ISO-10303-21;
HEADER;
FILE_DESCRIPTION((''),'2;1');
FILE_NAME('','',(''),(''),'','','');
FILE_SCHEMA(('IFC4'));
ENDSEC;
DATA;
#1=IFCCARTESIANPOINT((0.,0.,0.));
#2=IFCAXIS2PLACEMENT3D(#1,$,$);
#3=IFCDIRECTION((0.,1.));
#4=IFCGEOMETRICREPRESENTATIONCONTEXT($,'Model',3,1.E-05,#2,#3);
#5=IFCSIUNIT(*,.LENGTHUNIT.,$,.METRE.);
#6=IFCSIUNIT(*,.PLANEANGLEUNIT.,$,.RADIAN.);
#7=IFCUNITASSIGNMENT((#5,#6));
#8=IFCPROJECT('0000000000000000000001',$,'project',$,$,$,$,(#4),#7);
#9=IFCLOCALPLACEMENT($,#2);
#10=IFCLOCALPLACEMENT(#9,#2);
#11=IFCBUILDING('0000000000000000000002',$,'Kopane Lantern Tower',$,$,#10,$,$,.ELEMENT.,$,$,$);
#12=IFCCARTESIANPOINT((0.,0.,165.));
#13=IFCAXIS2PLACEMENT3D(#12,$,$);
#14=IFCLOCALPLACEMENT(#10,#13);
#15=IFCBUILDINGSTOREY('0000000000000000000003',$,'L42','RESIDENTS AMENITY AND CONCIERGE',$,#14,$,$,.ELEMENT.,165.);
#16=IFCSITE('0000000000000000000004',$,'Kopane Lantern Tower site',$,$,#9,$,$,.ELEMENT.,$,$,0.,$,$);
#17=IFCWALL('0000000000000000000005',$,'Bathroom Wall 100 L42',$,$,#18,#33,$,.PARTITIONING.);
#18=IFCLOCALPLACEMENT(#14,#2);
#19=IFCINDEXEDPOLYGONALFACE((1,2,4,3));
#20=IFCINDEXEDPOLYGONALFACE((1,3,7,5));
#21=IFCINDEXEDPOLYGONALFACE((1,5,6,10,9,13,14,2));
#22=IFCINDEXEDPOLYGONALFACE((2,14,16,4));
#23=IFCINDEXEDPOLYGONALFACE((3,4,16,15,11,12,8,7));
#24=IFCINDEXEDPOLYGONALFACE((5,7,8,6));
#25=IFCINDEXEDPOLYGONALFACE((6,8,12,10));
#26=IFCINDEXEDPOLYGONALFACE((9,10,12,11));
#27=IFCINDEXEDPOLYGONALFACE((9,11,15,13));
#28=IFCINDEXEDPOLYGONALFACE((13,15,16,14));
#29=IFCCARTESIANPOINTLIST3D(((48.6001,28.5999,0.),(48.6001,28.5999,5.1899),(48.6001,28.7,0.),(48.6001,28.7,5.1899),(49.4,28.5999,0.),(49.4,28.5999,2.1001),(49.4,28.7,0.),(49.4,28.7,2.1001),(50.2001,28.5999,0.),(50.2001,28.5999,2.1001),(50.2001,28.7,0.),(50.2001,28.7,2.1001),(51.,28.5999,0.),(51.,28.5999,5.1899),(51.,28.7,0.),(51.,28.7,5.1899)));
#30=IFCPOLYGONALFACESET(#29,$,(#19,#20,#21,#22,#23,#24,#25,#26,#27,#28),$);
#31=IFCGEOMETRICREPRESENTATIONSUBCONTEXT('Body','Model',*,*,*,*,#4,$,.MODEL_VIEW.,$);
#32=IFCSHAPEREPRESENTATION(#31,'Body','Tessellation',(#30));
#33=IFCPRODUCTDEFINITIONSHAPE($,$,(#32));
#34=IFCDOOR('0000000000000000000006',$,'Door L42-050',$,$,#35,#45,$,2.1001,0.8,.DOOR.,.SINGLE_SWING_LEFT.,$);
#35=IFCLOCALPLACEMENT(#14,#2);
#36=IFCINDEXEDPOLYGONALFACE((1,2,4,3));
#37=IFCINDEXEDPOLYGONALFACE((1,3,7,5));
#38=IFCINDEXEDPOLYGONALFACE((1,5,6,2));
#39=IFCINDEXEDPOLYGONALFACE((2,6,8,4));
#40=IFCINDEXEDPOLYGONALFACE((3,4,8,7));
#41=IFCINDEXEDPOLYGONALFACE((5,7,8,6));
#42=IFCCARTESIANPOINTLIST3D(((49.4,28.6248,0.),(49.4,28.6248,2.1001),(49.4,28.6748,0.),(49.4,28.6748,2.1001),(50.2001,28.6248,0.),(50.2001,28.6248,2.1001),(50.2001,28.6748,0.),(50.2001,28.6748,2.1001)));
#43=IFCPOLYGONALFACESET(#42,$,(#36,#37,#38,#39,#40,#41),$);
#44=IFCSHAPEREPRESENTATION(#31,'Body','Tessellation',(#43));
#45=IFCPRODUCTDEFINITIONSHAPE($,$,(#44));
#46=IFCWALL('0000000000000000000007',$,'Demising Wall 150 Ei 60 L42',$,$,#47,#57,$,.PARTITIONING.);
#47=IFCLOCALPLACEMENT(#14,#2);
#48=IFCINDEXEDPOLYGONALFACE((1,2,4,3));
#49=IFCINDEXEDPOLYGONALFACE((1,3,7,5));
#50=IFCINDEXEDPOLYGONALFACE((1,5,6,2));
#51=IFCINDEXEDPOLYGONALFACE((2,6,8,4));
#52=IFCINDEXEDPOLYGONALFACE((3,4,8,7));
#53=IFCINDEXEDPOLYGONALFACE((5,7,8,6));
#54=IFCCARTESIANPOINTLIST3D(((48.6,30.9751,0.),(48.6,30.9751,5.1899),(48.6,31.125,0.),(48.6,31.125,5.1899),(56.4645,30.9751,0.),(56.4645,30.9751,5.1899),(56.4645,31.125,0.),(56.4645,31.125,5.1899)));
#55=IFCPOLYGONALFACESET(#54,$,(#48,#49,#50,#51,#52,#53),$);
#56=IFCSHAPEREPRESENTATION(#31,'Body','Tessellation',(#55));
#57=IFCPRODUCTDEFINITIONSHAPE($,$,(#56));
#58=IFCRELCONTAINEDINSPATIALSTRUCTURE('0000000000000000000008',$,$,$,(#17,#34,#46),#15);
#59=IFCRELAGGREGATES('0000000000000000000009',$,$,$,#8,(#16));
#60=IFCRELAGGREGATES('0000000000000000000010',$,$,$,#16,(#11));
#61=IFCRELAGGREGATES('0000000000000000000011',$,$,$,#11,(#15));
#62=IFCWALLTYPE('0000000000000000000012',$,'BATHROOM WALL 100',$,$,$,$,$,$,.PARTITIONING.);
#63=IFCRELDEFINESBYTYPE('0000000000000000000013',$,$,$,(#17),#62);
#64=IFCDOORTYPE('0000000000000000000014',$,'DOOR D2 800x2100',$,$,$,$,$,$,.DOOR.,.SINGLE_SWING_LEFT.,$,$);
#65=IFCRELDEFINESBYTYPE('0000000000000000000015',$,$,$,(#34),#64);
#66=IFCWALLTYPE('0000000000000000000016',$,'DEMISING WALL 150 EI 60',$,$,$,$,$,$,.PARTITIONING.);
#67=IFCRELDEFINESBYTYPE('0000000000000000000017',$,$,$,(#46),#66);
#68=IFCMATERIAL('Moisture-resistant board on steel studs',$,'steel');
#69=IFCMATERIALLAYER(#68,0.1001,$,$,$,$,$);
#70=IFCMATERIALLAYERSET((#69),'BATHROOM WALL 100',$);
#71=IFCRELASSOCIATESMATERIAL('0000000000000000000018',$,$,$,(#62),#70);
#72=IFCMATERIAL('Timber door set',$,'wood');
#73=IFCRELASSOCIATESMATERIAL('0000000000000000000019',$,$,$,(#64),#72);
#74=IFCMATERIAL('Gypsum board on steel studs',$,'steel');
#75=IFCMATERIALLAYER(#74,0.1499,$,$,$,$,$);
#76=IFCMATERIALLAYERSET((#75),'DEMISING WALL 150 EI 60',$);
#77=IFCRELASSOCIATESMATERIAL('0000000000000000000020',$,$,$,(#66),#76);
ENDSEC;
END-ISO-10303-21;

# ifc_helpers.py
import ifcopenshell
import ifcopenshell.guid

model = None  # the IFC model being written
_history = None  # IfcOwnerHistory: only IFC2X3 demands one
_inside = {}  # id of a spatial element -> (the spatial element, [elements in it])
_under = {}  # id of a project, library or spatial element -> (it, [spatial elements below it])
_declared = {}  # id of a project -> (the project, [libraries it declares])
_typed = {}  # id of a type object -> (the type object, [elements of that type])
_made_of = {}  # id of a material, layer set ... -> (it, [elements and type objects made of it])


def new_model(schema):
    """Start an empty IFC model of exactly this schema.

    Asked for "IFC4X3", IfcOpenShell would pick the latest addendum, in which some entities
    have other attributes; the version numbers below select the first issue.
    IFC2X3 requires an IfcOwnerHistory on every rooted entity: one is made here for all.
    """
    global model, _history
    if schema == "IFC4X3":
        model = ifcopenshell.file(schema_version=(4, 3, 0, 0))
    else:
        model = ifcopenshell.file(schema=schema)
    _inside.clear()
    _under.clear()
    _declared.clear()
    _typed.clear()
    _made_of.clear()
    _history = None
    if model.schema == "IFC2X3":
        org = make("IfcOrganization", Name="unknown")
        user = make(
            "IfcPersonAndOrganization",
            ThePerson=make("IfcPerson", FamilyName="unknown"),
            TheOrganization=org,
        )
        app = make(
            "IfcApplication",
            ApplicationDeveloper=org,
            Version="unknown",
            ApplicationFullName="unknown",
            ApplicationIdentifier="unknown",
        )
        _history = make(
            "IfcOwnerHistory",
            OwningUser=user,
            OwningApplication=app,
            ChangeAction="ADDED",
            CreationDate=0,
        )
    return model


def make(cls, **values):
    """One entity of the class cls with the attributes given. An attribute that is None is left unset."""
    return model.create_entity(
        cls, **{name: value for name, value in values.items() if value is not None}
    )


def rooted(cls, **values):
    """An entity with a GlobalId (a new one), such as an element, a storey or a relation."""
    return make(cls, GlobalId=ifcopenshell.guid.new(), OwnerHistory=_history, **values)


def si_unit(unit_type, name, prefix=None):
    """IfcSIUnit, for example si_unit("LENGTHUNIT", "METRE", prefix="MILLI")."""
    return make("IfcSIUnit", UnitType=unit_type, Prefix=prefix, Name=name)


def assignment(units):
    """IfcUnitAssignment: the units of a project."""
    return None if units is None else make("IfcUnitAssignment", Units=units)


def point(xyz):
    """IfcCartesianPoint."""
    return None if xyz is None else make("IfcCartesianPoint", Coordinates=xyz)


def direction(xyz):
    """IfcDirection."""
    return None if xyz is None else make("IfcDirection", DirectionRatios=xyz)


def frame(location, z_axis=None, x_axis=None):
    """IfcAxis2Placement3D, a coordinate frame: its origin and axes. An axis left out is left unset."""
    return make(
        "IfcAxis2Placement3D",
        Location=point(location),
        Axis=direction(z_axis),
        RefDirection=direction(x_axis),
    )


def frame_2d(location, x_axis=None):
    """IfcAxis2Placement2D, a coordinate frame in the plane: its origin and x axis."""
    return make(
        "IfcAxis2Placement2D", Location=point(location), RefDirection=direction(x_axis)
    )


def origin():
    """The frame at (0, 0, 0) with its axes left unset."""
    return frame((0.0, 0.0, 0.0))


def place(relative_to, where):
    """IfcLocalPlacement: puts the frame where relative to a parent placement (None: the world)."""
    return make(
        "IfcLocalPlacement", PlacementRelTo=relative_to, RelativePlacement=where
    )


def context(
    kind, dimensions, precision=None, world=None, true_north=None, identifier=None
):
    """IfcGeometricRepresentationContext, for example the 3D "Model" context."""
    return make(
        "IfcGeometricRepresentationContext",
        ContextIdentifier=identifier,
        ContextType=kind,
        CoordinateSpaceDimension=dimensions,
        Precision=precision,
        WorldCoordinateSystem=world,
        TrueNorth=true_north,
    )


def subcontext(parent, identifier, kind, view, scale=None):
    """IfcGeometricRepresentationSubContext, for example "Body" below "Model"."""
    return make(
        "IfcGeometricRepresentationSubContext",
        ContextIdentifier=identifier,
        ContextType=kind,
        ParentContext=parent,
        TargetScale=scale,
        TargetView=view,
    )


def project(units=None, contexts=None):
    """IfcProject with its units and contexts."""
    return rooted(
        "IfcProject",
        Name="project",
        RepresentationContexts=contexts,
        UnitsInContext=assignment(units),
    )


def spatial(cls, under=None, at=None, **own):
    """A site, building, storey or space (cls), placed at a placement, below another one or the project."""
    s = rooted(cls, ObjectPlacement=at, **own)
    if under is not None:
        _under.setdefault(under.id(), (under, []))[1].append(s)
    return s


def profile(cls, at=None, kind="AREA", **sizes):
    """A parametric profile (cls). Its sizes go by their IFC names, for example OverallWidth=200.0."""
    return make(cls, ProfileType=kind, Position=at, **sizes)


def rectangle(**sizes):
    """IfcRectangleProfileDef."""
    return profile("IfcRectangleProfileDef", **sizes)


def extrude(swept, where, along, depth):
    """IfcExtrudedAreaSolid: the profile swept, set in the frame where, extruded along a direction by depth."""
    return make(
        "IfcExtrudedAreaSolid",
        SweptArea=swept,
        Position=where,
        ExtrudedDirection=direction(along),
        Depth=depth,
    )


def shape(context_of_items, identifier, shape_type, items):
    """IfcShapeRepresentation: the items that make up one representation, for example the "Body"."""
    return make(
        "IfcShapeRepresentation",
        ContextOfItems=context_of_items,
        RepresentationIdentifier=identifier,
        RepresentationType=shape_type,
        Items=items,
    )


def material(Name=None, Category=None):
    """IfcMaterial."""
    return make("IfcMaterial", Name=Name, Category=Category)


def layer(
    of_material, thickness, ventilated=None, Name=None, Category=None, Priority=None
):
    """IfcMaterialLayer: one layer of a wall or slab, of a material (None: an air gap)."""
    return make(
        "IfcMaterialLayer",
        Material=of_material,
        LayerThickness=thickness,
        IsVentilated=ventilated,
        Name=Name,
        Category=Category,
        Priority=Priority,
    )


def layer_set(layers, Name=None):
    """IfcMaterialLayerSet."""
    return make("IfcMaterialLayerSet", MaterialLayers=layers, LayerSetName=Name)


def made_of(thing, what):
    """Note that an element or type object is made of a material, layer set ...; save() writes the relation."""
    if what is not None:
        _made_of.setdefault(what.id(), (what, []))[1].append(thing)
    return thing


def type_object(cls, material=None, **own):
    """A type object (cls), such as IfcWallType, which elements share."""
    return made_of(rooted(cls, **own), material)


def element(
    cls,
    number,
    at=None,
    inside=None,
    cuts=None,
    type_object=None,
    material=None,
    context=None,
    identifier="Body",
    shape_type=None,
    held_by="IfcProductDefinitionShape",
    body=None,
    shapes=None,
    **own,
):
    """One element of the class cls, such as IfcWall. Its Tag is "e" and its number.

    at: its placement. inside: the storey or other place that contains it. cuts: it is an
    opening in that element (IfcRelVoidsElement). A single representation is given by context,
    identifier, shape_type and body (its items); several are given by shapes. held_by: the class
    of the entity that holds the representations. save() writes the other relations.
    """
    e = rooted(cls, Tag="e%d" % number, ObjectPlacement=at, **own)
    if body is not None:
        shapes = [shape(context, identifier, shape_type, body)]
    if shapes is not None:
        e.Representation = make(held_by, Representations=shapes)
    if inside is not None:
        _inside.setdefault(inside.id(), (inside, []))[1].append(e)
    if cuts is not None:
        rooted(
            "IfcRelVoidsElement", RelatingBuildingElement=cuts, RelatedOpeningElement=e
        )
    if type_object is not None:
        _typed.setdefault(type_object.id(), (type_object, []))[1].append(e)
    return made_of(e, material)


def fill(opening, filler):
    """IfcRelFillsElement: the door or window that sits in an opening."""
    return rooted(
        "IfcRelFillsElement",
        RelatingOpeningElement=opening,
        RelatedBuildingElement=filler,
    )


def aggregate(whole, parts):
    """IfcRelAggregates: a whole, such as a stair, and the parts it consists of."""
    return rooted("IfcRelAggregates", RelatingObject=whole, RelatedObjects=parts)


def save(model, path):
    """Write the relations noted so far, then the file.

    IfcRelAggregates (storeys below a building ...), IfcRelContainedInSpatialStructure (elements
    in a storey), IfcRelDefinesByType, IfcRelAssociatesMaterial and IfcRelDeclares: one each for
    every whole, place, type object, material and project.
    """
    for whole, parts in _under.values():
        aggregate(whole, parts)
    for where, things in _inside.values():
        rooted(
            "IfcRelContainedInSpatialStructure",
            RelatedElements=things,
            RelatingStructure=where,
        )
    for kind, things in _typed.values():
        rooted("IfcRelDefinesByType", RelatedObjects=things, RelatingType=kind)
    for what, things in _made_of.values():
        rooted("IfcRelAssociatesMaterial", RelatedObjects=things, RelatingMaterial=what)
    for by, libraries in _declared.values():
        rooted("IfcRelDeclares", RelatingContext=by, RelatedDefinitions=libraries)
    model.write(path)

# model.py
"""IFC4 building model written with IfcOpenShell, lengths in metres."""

from ifc_helpers import new_model, si_unit, direction, frame, frame_2d, origin, place, context, subcontext, project, spatial, rectangle, extrude, material, layer, layer_set, type_object, element, fill, save


model = new_model("IFC4")

# Units and contexts
model_context = context("Model", 3, precision=1e-05, world=origin(), true_north=direction((0.0, 1.0)))
body_context = subcontext(model_context, "Body", "Model", "MODEL_VIEW")
ifc_project = project(units=[si_unit("LENGTHUNIT", "METRE"), si_unit("PLANEANGLEUNIT", "RADIAN")], contexts=[model_context])

# Site, building, storey
site_placement = place(None, origin())
site = spatial("IfcSite", under=ifc_project, at=site_placement, Name="Kopane Lantern Tower site", CompositionType="ELEMENT", RefElevation=0.0)
building_placement = place(site_placement, origin())
building = spatial("IfcBuilding", under=site, at=building_placement, Name="Kopane Lantern Tower", CompositionType="ELEMENT")
storey_placement = place(building_placement, frame((0.0, 0.0, 165.0)))
storey = spatial("IfcBuildingStorey", under=building, at=storey_placement, Name="L42", Description="RESIDENTS AMENITY AND CONCIERGE", CompositionType="ELEMENT", Elevation=165.0)

# Wall, opening, door
ifc_material_1 = material(Name="Moisture-resistant board on steel studs", Category="steel")
ifc_layer_1 = layer(ifc_material_1, 0.1001)
ifc_layer_set_1 = layer_set([ifc_layer_1], Name="BATHROOM WALL 100")
wall_type_1 = type_object("IfcWallType", Name="BATHROOM WALL 100", PredefinedType="PARTITIONING", material=ifc_layer_set_1)
wall_1_placement = place(storey_placement, frame((48.6001, 28.6499, 0.0), z_axis=(0.0, 0.0, 1.0), x_axis=(1.0, 0.0, 0.0)))
wall_1 = element("IfcWall", 1, at=wall_1_placement, inside=storey, type_object=wall_type_1, Name="Bathroom Wall 100 L42", PredefinedType="PARTITIONING", context=body_context, shape_type="SweptSolid", body=[
    extrude(rectangle(XDim=2.3999, YDim=0.1001, at=frame_2d((1.2, 0.0))), origin(), (0.0, 0.0, 1.0), 5.1899),
])
opening_placement = place(wall_1_placement, frame((0.8, 0.0, 0.0)))
opening = element("IfcOpeningElement", 2, at=opening_placement, cuts=wall_1, PredefinedType="OPENING", context=body_context, shape_type="SweptSolid", body=[
    extrude(rectangle(XDim=0.8, YDim=2.1001, at=frame_2d((0.3999, 1.05))), frame((0.0, 0.0601, 0.0), z_axis=(0.0, -1.0, 0.0), x_axis=(1.0, 0.0, 0.0)), (0.0, 0.0, 1.0), 0.1201),
])
ifc_material_2 = material(Name="Timber door set", Category="wood")
door_type = type_object("IfcDoorType", Name="DOOR D2 800x2100", OperationType="SINGLE_SWING_LEFT", PredefinedType="DOOR", material=ifc_material_2)
door_placement = place(opening_placement, origin())
door = element("IfcDoor", 3, at=door_placement, inside=storey, type_object=door_type, Name="Door L42-050", OperationType="SINGLE_SWING_LEFT", OverallHeight=2.1001, OverallWidth=0.8, PredefinedType="DOOR", context=body_context, shape_type="SweptSolid", body=[
    extrude(rectangle(XDim=0.8, YDim=2.1001, at=frame_2d((0.3999, 1.05))), frame((0.0, 0.0249, 0.0), z_axis=(0.0, -1.0, 0.0), x_axis=(1.0, 0.0, 0.0)), (0.0, 0.0, 1.0), 0.05),
])
fill(opening, door)

# Wall
ifc_material_3 = material(Name="Gypsum board on steel studs", Category="steel")
ifc_layer_2 = layer(ifc_material_3, 0.1499)
ifc_layer_set_2 = layer_set([ifc_layer_2], Name="DEMISING WALL 150 EI 60")
wall_type_2 = type_object("IfcWallType", Name="DEMISING WALL 150 EI 60", PredefinedType="PARTITIONING", material=ifc_layer_set_2)
wall_2_placement = place(storey_placement, frame((48.6001, 31.05, 0.0), z_axis=(0.0, 0.0, 1.0), x_axis=(1.0, 0.0, 0.0)))
element("IfcWall", 4, at=wall_2_placement, inside=storey, type_object=wall_type_2, Name="Demising Wall 150 Ei 60 L42", PredefinedType="PARTITIONING", context=body_context, shape_type="SweptSolid", body=[
    extrude(rectangle(XDim=7.8645, YDim=0.1499, at=frame_2d((3.9321, 0.0))), origin(), (0.0, 0.0, 1.0), 5.1899),
])

save(model, "model.ifc")
